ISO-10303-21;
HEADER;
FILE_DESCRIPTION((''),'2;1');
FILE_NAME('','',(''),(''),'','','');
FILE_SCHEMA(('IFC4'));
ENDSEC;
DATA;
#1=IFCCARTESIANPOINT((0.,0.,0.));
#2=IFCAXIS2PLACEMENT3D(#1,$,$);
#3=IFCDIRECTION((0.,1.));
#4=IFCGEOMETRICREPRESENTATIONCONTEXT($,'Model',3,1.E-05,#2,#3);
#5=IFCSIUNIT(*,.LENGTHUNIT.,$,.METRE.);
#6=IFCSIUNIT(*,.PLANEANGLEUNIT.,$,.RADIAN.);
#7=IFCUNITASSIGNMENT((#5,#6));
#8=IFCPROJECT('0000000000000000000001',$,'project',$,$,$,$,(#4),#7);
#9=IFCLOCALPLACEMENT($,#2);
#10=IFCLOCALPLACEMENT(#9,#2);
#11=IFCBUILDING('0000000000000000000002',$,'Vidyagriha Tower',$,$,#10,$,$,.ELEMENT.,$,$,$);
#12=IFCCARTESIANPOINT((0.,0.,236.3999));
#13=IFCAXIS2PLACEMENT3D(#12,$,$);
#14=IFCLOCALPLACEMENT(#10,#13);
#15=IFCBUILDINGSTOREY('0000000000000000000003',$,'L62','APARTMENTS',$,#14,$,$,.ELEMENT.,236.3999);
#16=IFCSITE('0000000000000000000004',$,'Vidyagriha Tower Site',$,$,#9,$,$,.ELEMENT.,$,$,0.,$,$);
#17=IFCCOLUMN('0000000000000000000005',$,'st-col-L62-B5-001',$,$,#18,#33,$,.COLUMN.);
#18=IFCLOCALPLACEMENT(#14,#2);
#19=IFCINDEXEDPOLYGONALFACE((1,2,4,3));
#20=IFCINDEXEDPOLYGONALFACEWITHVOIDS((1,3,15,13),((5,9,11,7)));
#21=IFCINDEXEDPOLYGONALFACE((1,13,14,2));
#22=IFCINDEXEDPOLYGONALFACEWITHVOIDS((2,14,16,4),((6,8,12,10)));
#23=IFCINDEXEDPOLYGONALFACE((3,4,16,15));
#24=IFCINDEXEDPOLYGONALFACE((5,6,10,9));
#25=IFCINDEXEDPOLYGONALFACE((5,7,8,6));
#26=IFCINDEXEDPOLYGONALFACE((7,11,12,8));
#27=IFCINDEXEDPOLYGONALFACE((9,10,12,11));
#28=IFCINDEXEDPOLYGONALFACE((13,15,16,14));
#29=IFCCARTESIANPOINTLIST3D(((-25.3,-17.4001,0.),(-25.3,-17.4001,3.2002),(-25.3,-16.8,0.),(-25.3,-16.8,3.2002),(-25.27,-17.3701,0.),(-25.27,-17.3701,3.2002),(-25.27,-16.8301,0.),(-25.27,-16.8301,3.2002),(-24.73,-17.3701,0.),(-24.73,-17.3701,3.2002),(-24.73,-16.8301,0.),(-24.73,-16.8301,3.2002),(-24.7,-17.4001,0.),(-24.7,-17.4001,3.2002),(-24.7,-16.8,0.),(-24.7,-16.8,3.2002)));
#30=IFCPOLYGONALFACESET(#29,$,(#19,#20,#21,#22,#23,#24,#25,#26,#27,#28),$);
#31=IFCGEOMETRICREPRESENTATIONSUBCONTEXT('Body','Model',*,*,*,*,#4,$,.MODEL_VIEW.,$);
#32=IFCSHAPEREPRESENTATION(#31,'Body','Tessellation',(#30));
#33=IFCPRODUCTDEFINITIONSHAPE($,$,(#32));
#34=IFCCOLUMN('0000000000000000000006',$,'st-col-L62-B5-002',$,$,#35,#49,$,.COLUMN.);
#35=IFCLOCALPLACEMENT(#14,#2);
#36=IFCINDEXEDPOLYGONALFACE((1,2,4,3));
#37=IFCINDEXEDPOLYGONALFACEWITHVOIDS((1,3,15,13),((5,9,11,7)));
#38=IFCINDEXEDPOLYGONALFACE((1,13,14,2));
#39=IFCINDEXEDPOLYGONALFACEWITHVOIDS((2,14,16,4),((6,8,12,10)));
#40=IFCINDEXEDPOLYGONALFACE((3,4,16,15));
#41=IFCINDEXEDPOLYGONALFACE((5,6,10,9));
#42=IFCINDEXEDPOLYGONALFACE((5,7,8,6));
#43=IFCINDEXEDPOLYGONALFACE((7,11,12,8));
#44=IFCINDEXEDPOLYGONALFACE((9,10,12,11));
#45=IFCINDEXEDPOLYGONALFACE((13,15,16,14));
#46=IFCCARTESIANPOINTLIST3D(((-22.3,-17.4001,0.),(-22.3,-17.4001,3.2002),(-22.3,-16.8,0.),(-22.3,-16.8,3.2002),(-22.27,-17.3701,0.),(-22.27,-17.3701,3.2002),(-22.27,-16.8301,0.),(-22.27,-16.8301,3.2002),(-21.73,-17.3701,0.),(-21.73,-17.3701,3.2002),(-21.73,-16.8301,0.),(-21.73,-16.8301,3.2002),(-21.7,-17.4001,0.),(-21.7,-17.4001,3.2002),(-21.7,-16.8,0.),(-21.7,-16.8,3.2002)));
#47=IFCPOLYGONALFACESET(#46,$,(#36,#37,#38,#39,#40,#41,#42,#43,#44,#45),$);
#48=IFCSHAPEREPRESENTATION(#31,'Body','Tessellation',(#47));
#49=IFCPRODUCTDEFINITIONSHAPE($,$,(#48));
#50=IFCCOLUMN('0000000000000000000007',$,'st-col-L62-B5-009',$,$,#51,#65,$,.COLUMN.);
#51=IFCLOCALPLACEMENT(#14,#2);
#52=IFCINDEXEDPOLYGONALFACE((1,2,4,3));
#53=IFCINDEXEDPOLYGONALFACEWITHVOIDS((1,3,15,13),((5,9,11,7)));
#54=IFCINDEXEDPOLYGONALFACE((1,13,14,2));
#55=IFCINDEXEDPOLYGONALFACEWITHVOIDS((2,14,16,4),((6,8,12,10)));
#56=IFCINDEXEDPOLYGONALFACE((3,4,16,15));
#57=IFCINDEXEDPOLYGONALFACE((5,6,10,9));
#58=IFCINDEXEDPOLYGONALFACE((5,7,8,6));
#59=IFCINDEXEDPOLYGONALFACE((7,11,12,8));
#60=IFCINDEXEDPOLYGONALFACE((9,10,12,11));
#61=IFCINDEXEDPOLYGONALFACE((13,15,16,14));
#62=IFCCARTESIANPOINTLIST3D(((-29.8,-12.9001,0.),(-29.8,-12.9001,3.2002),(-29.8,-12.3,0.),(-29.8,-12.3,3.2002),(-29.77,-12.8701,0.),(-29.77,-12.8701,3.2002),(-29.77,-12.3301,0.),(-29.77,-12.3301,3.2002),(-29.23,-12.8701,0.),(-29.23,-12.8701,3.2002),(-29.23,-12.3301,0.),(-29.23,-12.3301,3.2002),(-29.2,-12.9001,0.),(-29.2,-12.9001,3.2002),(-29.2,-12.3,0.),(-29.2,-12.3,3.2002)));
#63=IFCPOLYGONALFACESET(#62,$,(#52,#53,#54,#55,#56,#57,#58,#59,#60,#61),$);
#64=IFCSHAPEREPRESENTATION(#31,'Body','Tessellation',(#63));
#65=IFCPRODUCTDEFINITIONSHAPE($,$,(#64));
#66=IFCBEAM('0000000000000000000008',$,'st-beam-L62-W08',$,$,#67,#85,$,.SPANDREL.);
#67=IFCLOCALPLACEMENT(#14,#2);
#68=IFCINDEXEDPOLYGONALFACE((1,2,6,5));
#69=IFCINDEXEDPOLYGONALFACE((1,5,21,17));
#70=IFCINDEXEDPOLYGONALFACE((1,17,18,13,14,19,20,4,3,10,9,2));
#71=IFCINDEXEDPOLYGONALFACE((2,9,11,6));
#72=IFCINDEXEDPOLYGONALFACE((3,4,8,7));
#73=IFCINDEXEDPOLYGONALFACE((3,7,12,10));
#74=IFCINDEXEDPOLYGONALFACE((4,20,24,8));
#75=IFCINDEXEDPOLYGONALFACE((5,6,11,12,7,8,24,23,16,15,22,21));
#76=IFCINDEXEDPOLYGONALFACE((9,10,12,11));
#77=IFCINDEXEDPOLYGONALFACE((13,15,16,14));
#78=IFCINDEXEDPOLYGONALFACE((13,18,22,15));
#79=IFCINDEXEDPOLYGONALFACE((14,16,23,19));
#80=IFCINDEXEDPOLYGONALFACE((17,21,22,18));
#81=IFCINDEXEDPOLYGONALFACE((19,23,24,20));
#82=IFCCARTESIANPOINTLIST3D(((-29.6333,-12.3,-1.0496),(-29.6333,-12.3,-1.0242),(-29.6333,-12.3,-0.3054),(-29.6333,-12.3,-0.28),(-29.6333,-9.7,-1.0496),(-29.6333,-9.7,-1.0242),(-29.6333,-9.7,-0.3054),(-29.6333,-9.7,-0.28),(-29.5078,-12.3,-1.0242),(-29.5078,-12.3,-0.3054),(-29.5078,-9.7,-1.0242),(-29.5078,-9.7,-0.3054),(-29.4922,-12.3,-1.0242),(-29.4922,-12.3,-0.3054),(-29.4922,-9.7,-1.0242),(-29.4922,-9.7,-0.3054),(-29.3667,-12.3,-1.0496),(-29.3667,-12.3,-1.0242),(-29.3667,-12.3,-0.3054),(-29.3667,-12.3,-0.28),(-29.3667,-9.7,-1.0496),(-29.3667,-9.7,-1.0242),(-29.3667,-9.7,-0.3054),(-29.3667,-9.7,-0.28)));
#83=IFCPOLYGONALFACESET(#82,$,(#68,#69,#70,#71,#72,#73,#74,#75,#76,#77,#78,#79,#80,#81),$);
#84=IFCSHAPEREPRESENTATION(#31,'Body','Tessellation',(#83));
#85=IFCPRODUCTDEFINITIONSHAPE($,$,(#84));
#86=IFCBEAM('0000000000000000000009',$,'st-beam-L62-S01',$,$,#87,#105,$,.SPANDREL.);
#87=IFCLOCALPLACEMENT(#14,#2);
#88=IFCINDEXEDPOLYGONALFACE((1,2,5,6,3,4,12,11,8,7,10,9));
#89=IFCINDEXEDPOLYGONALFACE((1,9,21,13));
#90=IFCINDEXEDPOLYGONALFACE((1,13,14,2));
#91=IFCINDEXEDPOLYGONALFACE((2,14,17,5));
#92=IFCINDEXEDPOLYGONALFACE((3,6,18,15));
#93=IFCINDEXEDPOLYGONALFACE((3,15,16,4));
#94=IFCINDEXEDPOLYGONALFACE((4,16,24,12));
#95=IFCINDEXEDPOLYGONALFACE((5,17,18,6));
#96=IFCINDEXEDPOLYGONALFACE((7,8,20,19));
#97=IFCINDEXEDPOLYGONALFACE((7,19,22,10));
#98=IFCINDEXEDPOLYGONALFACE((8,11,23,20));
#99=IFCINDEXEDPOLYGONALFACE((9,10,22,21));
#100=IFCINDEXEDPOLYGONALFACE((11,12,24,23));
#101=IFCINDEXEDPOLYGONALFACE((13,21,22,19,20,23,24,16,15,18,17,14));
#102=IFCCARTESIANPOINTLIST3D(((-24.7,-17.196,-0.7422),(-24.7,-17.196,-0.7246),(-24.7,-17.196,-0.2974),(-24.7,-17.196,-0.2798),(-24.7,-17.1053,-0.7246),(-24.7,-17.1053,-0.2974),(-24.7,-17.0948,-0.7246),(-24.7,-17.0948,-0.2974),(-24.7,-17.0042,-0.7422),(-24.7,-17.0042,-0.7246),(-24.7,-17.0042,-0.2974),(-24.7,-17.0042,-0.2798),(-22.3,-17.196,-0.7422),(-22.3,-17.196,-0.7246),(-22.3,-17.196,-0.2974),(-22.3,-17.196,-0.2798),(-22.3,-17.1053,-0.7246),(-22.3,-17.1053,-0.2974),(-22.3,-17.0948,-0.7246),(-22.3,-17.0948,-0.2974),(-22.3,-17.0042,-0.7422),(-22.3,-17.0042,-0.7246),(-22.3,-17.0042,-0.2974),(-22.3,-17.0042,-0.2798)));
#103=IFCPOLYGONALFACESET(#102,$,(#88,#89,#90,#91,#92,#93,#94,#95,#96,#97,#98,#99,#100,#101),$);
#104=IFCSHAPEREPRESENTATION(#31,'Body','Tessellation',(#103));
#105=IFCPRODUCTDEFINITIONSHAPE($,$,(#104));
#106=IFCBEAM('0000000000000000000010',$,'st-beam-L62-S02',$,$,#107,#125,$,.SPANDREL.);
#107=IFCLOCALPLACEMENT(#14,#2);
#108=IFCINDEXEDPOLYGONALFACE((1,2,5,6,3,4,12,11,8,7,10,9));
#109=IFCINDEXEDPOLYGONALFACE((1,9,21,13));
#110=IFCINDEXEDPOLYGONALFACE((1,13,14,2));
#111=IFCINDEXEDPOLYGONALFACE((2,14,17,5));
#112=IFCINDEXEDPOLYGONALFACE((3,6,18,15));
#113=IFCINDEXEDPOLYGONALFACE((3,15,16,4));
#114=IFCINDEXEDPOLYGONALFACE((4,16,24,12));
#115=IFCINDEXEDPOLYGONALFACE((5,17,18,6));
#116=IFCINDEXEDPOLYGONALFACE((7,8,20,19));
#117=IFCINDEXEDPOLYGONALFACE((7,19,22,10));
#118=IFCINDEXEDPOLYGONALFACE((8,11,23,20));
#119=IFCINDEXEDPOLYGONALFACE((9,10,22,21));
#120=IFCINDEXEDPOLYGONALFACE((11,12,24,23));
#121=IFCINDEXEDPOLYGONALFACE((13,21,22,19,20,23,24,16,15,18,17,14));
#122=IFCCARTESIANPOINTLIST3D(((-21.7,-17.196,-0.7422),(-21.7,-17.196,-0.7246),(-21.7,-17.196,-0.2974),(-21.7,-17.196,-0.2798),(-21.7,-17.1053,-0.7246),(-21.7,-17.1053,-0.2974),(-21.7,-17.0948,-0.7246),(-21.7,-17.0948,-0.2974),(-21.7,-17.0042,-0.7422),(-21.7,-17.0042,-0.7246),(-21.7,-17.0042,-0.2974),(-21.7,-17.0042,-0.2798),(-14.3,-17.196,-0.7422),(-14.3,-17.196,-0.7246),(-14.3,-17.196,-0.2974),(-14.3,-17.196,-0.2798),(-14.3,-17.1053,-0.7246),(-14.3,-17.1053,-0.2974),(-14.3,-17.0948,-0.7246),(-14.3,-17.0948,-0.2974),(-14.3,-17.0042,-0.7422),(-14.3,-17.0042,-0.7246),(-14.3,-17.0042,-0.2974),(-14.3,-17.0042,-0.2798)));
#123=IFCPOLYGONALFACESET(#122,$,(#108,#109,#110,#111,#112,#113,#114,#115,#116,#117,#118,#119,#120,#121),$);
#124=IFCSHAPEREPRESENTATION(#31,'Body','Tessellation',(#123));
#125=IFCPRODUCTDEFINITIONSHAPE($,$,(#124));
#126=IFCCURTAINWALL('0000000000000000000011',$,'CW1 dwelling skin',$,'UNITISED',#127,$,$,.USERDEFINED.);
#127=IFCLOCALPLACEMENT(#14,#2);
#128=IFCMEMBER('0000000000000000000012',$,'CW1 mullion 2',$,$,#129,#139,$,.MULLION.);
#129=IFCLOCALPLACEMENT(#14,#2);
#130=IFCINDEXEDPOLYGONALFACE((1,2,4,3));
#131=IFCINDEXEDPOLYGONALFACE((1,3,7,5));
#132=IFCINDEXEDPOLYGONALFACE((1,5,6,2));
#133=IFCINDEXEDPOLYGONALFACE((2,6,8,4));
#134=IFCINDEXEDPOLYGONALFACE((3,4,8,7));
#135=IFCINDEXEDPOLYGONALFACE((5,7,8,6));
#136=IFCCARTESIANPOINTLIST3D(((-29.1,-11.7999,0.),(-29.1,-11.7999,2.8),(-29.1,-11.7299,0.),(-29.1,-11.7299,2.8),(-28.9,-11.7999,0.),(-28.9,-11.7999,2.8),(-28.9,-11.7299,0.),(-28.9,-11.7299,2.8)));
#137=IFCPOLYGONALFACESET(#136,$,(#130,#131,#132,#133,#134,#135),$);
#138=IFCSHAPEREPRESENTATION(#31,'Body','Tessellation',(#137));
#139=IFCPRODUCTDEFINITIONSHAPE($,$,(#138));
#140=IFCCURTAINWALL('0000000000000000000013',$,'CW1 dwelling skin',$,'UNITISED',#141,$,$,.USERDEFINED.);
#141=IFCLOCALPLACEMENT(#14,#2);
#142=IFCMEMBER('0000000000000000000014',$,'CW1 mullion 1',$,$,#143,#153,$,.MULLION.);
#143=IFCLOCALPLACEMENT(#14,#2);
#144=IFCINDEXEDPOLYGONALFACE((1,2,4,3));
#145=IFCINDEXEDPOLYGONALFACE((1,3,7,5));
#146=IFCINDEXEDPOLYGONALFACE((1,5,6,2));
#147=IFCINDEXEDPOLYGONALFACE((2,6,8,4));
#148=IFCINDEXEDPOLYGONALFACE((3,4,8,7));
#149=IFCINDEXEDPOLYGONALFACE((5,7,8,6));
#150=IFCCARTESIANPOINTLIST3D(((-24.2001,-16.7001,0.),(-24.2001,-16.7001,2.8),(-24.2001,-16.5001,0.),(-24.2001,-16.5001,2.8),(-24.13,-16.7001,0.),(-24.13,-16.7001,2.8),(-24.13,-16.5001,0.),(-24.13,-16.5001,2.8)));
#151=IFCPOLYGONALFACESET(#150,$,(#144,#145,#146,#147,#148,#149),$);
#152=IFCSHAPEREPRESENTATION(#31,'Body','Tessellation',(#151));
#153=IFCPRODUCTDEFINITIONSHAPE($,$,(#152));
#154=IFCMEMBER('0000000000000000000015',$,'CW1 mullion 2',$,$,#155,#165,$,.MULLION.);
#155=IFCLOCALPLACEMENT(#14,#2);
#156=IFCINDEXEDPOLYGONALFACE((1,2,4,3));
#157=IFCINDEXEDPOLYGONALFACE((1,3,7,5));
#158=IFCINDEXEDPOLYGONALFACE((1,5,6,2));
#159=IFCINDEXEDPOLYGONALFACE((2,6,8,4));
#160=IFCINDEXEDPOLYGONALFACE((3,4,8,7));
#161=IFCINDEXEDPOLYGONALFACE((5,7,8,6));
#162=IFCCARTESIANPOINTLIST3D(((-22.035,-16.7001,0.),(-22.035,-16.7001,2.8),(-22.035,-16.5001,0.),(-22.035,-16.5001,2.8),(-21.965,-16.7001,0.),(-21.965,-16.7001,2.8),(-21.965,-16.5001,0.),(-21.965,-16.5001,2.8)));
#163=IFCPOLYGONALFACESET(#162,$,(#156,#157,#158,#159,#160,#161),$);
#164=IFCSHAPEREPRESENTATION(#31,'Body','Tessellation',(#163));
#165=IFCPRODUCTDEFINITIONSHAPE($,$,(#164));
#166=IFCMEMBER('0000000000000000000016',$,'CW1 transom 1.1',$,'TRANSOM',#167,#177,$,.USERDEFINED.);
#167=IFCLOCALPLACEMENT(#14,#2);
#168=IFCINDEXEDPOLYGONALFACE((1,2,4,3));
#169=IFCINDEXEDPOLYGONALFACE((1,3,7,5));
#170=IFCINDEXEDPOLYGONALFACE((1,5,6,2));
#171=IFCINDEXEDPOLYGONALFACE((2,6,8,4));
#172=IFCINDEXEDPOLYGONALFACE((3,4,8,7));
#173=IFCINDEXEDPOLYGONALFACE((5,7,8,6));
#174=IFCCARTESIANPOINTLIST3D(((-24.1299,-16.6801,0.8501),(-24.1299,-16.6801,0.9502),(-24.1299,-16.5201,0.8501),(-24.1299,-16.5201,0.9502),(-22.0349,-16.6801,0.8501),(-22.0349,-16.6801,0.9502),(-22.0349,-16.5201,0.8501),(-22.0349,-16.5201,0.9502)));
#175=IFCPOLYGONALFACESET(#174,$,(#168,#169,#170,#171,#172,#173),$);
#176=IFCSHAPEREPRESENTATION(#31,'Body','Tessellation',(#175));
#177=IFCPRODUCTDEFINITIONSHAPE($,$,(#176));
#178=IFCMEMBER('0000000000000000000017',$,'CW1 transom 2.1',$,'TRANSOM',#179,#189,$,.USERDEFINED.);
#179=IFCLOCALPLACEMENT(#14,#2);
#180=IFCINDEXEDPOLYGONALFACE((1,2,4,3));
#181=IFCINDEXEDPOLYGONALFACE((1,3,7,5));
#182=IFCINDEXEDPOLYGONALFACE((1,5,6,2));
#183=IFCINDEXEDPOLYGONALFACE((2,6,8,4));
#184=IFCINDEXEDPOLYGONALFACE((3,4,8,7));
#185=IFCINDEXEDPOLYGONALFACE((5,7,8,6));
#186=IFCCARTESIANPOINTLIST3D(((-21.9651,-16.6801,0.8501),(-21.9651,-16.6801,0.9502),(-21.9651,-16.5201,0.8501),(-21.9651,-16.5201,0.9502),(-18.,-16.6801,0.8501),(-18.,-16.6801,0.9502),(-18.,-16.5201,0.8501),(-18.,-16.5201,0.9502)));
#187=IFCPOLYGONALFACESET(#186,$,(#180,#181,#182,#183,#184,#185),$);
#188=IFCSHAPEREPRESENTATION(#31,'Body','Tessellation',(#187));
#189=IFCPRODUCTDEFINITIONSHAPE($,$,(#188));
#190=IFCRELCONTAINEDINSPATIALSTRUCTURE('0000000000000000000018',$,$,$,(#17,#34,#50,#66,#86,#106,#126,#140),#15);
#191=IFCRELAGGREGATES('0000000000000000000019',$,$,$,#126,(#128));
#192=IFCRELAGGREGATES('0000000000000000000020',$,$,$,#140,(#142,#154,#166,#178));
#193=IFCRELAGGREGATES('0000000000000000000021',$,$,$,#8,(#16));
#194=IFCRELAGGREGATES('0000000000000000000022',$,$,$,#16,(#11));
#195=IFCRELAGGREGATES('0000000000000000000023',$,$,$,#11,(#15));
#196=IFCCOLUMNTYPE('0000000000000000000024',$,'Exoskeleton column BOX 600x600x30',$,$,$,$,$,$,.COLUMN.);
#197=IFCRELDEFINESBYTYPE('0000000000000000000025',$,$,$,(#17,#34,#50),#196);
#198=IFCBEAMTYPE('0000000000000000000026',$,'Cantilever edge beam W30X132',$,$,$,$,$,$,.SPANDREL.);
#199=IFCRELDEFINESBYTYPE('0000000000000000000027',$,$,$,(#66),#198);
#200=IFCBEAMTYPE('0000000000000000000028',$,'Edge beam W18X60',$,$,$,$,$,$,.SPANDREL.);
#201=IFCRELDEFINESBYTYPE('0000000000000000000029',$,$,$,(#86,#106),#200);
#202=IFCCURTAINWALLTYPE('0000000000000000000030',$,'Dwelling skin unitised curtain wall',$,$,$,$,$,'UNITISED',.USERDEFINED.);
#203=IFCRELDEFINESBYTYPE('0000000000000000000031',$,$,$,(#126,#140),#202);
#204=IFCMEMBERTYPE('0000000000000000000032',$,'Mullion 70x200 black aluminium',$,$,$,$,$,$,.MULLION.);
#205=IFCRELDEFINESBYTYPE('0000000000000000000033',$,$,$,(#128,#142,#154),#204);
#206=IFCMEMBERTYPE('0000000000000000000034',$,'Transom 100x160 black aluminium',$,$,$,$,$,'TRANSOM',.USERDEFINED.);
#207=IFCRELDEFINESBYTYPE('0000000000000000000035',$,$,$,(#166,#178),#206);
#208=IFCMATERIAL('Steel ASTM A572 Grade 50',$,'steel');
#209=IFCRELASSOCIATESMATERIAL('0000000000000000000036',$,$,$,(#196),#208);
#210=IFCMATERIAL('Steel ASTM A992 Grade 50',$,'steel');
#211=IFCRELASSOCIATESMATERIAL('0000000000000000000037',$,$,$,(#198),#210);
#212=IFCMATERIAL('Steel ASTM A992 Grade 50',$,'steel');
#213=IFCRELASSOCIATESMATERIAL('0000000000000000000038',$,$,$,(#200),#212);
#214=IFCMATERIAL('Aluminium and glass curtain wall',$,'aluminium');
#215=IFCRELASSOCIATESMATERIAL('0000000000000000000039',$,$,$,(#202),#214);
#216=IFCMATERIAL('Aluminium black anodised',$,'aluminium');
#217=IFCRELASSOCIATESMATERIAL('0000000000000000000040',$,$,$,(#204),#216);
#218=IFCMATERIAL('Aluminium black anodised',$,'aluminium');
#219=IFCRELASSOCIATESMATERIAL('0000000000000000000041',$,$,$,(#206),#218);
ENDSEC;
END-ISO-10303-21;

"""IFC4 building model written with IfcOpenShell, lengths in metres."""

from ifc_helpers import new_model, si_unit, direction, frame, origin, origin_2d, place, context, subcontext, project, spatial, rectangle, hollow_rectangle, i_section, extrude, material, material_profile, profile_set, type_object, element, aggregate, save


model = new_model("IFC4")

# Units and contexts
model_context = context("Model", 3, precision=1e-05, world=origin(), true_north=direction((0.0, 1.0)))
body_context = subcontext(model_context, "Body", "Model", "MODEL_VIEW")
ifc_project = project(units=[si_unit("LENGTHUNIT", "METRE"), si_unit("PLANEANGLEUNIT", "RADIAN")], contexts=[model_context])

# Site, building, storey
site_placement = place(None, origin())
site = spatial("IfcSite", under=ifc_project, at=site_placement, Name="Vidyagriha Tower Site", CompositionType="ELEMENT", RefElevation=0.0)
building_placement = place(site_placement, origin())
building = spatial("IfcBuilding", under=site, at=building_placement, Name="Vidyagriha Tower", CompositionType="ELEMENT")
storey_placement = place(building_placement, frame((0.0, 0.0, 236.3999)))
storey = spatial("IfcBuildingStorey", under=building, at=storey_placement, Name="L62", Description="APARTMENTS", CompositionType="ELEMENT", Elevation=236.3999)

# Columns
ifc_material_1 = material(Name="Steel ASTM A572 Grade 50", Category="steel")
ifc_material_profile_1 = material_profile(ifc_material_1, hollow_rectangle(XDim=0.6001, YDim=0.6001, WallThickness=0.03, at=origin_2d()), Name="BOX 600x600x30")
ifc_profile_set_1 = profile_set([ifc_material_profile_1], Name="Steel ASTM A572 Grade 50")
column_type = type_object("IfcColumnType", Name="Exoskeleton column BOX 600x600x30", PredefinedType="COLUMN", material=ifc_profile_set_1)
for number, where, name in (
    (1, (-25.0, -17.1001, 0.0), "st-col-L62-B5-001"),
    (2, (-22.0, -17.1001, 0.0), "st-col-L62-B5-002"),
    (3, (-29.5, -12.6001, 0.0), "st-col-L62-B5-009"),
):
    element("IfcColumn", number, at=place(storey_placement, frame(where)), inside=storey, type_object=column_type, Name=name, PredefinedType="COLUMN", context=body_context, shape_type="SweptSolid", body=[
        extrude(hollow_rectangle(XDim=0.6001, YDim=0.6001, WallThickness=0.03, at=origin_2d()), origin(), (0.0, 0.0, 1.0), 3.2002),
    ])

# Beams
ifc_material_2 = material(Name="Steel ASTM A992 Grade 50", Category="steel")
ifc_material_profile_2 = material_profile(ifc_material_2, i_section(OverallWidth=0.2666, OverallDepth=0.7695, WebThickness=0.0156, FlangeThickness=0.0254, at=origin_2d()), Name="W30X132")
ifc_profile_set_2 = profile_set([ifc_material_profile_2], Name="Steel ASTM A992 Grade 50")
beam_type_1 = type_object("IfcBeamType", Name="Cantilever edge beam W30X132", PredefinedType="SPANDREL", material=ifc_profile_set_2)
beam_1_placement = place(storey_placement, frame((-29.5, -12.3, -0.6648), z_axis=(0.0, 1.0, 0.0), x_axis=(-1.0, 0.0, 0.0)))
element("IfcBeam", 4, at=beam_1_placement, inside=storey, type_object=beam_type_1, Name="st-beam-L62-W08", PredefinedType="SPANDREL", context=body_context, shape_type="SweptSolid", body=[
    extrude(i_section(OverallWidth=0.2666, OverallDepth=0.7695, WebThickness=0.0156, FlangeThickness=0.0254, at=origin_2d()), origin(), (0.0, 0.0, 1.0), 2.6001),
])
ifc_material_3 = material(Name="Steel ASTM A992 Grade 50", Category="steel")
ifc_material_profile_3 = material_profile(ifc_material_3, i_section(OverallWidth=0.1919, OverallDepth=0.4624, WebThickness=0.0105, FlangeThickness=0.0176, at=origin_2d()), Name="W18X60")
ifc_profile_set_3 = profile_set([ifc_material_profile_3], Name="Steel ASTM A992 Grade 50")
beam_type_2 = type_object("IfcBeamType", Name="Edge beam W18X60", PredefinedType="SPANDREL", material=ifc_profile_set_3)
beam_2_placement = place(storey_placement, frame((-24.7, -17.1001, -0.511), z_axis=(1.0, 0.0, 0.0), x_axis=(0.0, 1.0, 0.0)))
element("IfcBeam", 5, at=beam_2_placement, inside=storey, type_object=beam_type_2, Name="st-beam-L62-S01", PredefinedType="SPANDREL", context=body_context, shape_type="SweptSolid", body=[
    extrude(i_section(OverallWidth=0.1919, OverallDepth=0.4624, WebThickness=0.0105, FlangeThickness=0.0176, at=origin_2d()), origin(), (0.0, 0.0, 1.0), 2.3999),
])
beam_3_placement = place(storey_placement, frame((-21.7, -17.1001, -0.511), z_axis=(1.0, 0.0, 0.0), x_axis=(0.0, 1.0, 0.0)))
element("IfcBeam", 6, at=beam_3_placement, inside=storey, type_object=beam_type_2, Name="st-beam-L62-S02", PredefinedType="SPANDREL", context=body_context, shape_type="SweptSolid", body=[
    extrude(i_section(OverallWidth=0.1919, OverallDepth=0.4624, WebThickness=0.0105, FlangeThickness=0.0176, at=origin_2d()), origin(), (0.0, 0.0, 1.0), 7.3999),
])

# Curtain wall, member
ifc_material_4 = material(Name="Aluminium and glass curtain wall", Category="aluminium")
curtain_wall_type = type_object("IfcCurtainWallType", Name="Dwelling skin unitised curtain wall", ElementType="UNITISED", PredefinedType="USERDEFINED", material=ifc_material_4)
curtain_wall_1_placement = place(storey_placement, origin())
curtain_wall_1 = element("IfcCurtainWall", 7, at=curtain_wall_1_placement, inside=storey, type_object=curtain_wall_type, Name="CW1 dwelling skin", ObjectType="UNITISED", PredefinedType="USERDEFINED")
ifc_material_5 = material(Name="Aluminium black anodised", Category="aluminium")
ifc_material_profile_4 = material_profile(ifc_material_5, rectangle(XDim=0.2, YDim=0.0701, at=origin_2d()), Name="Mullion 70x200 black aluminium")
ifc_profile_set_4 = profile_set([ifc_material_profile_4], Name="Aluminium black anodised")
member_type_1 = type_object("IfcMemberType", Name="Mullion 70x200 black aluminium", PredefinedType="MULLION", material=ifc_profile_set_4)
member_1_placement = place(storey_placement, frame((-29.0, -11.7649, 0.0)))
member_1 = element("IfcMember", 8, at=member_1_placement, type_object=member_type_1, Name="CW1 mullion 2", PredefinedType="MULLION", context=body_context, shape_type="SweptSolid", body=[
    extrude(rectangle(XDim=0.2, YDim=0.0701, at=origin_2d()), origin(), (0.0, 0.0, 1.0), 2.8),
])
aggregate(curtain_wall_1, [member_1])

# Curtain wall, members
curtain_wall_2_placement = place(storey_placement, origin())
curtain_wall_2 = element("IfcCurtainWall", 9, at=curtain_wall_2_placement, inside=storey, type_object=curtain_wall_type, Name="CW1 dwelling skin", ObjectType="UNITISED", PredefinedType="USERDEFINED")
member_2_placement = place(storey_placement, frame((-24.165, -16.6001, 0.0), z_axis=(0.0, 0.0, 1.0), x_axis=(0.0, 1.0, 0.0)))
member_2 = element("IfcMember", 10, at=member_2_placement, type_object=member_type_1, Name="CW1 mullion 1", PredefinedType="MULLION", context=body_context, shape_type="SweptSolid", body=[
    extrude(rectangle(XDim=0.2, YDim=0.0701, at=origin_2d()), origin(), (0.0, 0.0, 1.0), 2.8),
])
member_3_placement = place(storey_placement, frame((-22.0, -16.6001, 0.0), z_axis=(0.0, 0.0, 1.0), x_axis=(0.0, 1.0, 0.0)))
member_3 = element("IfcMember", 11, at=member_3_placement, type_object=member_type_1, Name="CW1 mullion 2", PredefinedType="MULLION", context=body_context, shape_type="SweptSolid", body=[
    extrude(rectangle(XDim=0.2, YDim=0.0701, at=origin_2d()), origin(), (0.0, 0.0, 1.0), 2.8),
])
ifc_material_6 = material(Name="Aluminium black anodised", Category="aluminium")
ifc_material_profile_5 = material_profile(ifc_material_6, rectangle(XDim=0.1599, YDim=0.1001, at=origin_2d()), Name="Transom 100x160 black aluminium")
ifc_profile_set_5 = profile_set([ifc_material_profile_5], Name="Aluminium black anodised")
member_type_2 = type_object("IfcMemberType", Name="Transom 100x160 black aluminium", ElementType="TRANSOM", PredefinedType="USERDEFINED", material=ifc_profile_set_5)
member_4_placement = place(storey_placement, frame((-24.1299, -16.6001, 0.9001), z_axis=(1.0, 0.0, 0.0), x_axis=(0.0, 1.0, 0.0)))
member_4 = element("IfcMember", 12, at=member_4_placement, type_object=member_type_2, Name="CW1 transom 1.1", ObjectType="TRANSOM", PredefinedType="USERDEFINED", context=body_context, shape_type="SweptSolid", body=[
    extrude(rectangle(XDim=0.1599, YDim=0.1001, at=origin_2d()), origin(), (0.0, 0.0, 1.0), 2.095),
])
member_5_placement = place(storey_placement, frame((-21.9651, -16.6001, 0.9001), z_axis=(1.0, 0.0, 0.0), x_axis=(0.0, 1.0, 0.0)))
member_5 = element("IfcMember", 13, at=member_5_placement, type_object=member_type_2, Name="CW1 transom 2.1", ObjectType="TRANSOM", PredefinedType="USERDEFINED", context=body_context, shape_type="SweptSolid", body=[
    extrude(rectangle(XDim=0.1599, YDim=0.1001, at=origin_2d()), origin(), (0.0, 0.0, 1.0), 3.9651),
])
aggregate(curtain_wall_2, [member_2, member_3, member_4, member_5])

save(model, "model.ifc")
